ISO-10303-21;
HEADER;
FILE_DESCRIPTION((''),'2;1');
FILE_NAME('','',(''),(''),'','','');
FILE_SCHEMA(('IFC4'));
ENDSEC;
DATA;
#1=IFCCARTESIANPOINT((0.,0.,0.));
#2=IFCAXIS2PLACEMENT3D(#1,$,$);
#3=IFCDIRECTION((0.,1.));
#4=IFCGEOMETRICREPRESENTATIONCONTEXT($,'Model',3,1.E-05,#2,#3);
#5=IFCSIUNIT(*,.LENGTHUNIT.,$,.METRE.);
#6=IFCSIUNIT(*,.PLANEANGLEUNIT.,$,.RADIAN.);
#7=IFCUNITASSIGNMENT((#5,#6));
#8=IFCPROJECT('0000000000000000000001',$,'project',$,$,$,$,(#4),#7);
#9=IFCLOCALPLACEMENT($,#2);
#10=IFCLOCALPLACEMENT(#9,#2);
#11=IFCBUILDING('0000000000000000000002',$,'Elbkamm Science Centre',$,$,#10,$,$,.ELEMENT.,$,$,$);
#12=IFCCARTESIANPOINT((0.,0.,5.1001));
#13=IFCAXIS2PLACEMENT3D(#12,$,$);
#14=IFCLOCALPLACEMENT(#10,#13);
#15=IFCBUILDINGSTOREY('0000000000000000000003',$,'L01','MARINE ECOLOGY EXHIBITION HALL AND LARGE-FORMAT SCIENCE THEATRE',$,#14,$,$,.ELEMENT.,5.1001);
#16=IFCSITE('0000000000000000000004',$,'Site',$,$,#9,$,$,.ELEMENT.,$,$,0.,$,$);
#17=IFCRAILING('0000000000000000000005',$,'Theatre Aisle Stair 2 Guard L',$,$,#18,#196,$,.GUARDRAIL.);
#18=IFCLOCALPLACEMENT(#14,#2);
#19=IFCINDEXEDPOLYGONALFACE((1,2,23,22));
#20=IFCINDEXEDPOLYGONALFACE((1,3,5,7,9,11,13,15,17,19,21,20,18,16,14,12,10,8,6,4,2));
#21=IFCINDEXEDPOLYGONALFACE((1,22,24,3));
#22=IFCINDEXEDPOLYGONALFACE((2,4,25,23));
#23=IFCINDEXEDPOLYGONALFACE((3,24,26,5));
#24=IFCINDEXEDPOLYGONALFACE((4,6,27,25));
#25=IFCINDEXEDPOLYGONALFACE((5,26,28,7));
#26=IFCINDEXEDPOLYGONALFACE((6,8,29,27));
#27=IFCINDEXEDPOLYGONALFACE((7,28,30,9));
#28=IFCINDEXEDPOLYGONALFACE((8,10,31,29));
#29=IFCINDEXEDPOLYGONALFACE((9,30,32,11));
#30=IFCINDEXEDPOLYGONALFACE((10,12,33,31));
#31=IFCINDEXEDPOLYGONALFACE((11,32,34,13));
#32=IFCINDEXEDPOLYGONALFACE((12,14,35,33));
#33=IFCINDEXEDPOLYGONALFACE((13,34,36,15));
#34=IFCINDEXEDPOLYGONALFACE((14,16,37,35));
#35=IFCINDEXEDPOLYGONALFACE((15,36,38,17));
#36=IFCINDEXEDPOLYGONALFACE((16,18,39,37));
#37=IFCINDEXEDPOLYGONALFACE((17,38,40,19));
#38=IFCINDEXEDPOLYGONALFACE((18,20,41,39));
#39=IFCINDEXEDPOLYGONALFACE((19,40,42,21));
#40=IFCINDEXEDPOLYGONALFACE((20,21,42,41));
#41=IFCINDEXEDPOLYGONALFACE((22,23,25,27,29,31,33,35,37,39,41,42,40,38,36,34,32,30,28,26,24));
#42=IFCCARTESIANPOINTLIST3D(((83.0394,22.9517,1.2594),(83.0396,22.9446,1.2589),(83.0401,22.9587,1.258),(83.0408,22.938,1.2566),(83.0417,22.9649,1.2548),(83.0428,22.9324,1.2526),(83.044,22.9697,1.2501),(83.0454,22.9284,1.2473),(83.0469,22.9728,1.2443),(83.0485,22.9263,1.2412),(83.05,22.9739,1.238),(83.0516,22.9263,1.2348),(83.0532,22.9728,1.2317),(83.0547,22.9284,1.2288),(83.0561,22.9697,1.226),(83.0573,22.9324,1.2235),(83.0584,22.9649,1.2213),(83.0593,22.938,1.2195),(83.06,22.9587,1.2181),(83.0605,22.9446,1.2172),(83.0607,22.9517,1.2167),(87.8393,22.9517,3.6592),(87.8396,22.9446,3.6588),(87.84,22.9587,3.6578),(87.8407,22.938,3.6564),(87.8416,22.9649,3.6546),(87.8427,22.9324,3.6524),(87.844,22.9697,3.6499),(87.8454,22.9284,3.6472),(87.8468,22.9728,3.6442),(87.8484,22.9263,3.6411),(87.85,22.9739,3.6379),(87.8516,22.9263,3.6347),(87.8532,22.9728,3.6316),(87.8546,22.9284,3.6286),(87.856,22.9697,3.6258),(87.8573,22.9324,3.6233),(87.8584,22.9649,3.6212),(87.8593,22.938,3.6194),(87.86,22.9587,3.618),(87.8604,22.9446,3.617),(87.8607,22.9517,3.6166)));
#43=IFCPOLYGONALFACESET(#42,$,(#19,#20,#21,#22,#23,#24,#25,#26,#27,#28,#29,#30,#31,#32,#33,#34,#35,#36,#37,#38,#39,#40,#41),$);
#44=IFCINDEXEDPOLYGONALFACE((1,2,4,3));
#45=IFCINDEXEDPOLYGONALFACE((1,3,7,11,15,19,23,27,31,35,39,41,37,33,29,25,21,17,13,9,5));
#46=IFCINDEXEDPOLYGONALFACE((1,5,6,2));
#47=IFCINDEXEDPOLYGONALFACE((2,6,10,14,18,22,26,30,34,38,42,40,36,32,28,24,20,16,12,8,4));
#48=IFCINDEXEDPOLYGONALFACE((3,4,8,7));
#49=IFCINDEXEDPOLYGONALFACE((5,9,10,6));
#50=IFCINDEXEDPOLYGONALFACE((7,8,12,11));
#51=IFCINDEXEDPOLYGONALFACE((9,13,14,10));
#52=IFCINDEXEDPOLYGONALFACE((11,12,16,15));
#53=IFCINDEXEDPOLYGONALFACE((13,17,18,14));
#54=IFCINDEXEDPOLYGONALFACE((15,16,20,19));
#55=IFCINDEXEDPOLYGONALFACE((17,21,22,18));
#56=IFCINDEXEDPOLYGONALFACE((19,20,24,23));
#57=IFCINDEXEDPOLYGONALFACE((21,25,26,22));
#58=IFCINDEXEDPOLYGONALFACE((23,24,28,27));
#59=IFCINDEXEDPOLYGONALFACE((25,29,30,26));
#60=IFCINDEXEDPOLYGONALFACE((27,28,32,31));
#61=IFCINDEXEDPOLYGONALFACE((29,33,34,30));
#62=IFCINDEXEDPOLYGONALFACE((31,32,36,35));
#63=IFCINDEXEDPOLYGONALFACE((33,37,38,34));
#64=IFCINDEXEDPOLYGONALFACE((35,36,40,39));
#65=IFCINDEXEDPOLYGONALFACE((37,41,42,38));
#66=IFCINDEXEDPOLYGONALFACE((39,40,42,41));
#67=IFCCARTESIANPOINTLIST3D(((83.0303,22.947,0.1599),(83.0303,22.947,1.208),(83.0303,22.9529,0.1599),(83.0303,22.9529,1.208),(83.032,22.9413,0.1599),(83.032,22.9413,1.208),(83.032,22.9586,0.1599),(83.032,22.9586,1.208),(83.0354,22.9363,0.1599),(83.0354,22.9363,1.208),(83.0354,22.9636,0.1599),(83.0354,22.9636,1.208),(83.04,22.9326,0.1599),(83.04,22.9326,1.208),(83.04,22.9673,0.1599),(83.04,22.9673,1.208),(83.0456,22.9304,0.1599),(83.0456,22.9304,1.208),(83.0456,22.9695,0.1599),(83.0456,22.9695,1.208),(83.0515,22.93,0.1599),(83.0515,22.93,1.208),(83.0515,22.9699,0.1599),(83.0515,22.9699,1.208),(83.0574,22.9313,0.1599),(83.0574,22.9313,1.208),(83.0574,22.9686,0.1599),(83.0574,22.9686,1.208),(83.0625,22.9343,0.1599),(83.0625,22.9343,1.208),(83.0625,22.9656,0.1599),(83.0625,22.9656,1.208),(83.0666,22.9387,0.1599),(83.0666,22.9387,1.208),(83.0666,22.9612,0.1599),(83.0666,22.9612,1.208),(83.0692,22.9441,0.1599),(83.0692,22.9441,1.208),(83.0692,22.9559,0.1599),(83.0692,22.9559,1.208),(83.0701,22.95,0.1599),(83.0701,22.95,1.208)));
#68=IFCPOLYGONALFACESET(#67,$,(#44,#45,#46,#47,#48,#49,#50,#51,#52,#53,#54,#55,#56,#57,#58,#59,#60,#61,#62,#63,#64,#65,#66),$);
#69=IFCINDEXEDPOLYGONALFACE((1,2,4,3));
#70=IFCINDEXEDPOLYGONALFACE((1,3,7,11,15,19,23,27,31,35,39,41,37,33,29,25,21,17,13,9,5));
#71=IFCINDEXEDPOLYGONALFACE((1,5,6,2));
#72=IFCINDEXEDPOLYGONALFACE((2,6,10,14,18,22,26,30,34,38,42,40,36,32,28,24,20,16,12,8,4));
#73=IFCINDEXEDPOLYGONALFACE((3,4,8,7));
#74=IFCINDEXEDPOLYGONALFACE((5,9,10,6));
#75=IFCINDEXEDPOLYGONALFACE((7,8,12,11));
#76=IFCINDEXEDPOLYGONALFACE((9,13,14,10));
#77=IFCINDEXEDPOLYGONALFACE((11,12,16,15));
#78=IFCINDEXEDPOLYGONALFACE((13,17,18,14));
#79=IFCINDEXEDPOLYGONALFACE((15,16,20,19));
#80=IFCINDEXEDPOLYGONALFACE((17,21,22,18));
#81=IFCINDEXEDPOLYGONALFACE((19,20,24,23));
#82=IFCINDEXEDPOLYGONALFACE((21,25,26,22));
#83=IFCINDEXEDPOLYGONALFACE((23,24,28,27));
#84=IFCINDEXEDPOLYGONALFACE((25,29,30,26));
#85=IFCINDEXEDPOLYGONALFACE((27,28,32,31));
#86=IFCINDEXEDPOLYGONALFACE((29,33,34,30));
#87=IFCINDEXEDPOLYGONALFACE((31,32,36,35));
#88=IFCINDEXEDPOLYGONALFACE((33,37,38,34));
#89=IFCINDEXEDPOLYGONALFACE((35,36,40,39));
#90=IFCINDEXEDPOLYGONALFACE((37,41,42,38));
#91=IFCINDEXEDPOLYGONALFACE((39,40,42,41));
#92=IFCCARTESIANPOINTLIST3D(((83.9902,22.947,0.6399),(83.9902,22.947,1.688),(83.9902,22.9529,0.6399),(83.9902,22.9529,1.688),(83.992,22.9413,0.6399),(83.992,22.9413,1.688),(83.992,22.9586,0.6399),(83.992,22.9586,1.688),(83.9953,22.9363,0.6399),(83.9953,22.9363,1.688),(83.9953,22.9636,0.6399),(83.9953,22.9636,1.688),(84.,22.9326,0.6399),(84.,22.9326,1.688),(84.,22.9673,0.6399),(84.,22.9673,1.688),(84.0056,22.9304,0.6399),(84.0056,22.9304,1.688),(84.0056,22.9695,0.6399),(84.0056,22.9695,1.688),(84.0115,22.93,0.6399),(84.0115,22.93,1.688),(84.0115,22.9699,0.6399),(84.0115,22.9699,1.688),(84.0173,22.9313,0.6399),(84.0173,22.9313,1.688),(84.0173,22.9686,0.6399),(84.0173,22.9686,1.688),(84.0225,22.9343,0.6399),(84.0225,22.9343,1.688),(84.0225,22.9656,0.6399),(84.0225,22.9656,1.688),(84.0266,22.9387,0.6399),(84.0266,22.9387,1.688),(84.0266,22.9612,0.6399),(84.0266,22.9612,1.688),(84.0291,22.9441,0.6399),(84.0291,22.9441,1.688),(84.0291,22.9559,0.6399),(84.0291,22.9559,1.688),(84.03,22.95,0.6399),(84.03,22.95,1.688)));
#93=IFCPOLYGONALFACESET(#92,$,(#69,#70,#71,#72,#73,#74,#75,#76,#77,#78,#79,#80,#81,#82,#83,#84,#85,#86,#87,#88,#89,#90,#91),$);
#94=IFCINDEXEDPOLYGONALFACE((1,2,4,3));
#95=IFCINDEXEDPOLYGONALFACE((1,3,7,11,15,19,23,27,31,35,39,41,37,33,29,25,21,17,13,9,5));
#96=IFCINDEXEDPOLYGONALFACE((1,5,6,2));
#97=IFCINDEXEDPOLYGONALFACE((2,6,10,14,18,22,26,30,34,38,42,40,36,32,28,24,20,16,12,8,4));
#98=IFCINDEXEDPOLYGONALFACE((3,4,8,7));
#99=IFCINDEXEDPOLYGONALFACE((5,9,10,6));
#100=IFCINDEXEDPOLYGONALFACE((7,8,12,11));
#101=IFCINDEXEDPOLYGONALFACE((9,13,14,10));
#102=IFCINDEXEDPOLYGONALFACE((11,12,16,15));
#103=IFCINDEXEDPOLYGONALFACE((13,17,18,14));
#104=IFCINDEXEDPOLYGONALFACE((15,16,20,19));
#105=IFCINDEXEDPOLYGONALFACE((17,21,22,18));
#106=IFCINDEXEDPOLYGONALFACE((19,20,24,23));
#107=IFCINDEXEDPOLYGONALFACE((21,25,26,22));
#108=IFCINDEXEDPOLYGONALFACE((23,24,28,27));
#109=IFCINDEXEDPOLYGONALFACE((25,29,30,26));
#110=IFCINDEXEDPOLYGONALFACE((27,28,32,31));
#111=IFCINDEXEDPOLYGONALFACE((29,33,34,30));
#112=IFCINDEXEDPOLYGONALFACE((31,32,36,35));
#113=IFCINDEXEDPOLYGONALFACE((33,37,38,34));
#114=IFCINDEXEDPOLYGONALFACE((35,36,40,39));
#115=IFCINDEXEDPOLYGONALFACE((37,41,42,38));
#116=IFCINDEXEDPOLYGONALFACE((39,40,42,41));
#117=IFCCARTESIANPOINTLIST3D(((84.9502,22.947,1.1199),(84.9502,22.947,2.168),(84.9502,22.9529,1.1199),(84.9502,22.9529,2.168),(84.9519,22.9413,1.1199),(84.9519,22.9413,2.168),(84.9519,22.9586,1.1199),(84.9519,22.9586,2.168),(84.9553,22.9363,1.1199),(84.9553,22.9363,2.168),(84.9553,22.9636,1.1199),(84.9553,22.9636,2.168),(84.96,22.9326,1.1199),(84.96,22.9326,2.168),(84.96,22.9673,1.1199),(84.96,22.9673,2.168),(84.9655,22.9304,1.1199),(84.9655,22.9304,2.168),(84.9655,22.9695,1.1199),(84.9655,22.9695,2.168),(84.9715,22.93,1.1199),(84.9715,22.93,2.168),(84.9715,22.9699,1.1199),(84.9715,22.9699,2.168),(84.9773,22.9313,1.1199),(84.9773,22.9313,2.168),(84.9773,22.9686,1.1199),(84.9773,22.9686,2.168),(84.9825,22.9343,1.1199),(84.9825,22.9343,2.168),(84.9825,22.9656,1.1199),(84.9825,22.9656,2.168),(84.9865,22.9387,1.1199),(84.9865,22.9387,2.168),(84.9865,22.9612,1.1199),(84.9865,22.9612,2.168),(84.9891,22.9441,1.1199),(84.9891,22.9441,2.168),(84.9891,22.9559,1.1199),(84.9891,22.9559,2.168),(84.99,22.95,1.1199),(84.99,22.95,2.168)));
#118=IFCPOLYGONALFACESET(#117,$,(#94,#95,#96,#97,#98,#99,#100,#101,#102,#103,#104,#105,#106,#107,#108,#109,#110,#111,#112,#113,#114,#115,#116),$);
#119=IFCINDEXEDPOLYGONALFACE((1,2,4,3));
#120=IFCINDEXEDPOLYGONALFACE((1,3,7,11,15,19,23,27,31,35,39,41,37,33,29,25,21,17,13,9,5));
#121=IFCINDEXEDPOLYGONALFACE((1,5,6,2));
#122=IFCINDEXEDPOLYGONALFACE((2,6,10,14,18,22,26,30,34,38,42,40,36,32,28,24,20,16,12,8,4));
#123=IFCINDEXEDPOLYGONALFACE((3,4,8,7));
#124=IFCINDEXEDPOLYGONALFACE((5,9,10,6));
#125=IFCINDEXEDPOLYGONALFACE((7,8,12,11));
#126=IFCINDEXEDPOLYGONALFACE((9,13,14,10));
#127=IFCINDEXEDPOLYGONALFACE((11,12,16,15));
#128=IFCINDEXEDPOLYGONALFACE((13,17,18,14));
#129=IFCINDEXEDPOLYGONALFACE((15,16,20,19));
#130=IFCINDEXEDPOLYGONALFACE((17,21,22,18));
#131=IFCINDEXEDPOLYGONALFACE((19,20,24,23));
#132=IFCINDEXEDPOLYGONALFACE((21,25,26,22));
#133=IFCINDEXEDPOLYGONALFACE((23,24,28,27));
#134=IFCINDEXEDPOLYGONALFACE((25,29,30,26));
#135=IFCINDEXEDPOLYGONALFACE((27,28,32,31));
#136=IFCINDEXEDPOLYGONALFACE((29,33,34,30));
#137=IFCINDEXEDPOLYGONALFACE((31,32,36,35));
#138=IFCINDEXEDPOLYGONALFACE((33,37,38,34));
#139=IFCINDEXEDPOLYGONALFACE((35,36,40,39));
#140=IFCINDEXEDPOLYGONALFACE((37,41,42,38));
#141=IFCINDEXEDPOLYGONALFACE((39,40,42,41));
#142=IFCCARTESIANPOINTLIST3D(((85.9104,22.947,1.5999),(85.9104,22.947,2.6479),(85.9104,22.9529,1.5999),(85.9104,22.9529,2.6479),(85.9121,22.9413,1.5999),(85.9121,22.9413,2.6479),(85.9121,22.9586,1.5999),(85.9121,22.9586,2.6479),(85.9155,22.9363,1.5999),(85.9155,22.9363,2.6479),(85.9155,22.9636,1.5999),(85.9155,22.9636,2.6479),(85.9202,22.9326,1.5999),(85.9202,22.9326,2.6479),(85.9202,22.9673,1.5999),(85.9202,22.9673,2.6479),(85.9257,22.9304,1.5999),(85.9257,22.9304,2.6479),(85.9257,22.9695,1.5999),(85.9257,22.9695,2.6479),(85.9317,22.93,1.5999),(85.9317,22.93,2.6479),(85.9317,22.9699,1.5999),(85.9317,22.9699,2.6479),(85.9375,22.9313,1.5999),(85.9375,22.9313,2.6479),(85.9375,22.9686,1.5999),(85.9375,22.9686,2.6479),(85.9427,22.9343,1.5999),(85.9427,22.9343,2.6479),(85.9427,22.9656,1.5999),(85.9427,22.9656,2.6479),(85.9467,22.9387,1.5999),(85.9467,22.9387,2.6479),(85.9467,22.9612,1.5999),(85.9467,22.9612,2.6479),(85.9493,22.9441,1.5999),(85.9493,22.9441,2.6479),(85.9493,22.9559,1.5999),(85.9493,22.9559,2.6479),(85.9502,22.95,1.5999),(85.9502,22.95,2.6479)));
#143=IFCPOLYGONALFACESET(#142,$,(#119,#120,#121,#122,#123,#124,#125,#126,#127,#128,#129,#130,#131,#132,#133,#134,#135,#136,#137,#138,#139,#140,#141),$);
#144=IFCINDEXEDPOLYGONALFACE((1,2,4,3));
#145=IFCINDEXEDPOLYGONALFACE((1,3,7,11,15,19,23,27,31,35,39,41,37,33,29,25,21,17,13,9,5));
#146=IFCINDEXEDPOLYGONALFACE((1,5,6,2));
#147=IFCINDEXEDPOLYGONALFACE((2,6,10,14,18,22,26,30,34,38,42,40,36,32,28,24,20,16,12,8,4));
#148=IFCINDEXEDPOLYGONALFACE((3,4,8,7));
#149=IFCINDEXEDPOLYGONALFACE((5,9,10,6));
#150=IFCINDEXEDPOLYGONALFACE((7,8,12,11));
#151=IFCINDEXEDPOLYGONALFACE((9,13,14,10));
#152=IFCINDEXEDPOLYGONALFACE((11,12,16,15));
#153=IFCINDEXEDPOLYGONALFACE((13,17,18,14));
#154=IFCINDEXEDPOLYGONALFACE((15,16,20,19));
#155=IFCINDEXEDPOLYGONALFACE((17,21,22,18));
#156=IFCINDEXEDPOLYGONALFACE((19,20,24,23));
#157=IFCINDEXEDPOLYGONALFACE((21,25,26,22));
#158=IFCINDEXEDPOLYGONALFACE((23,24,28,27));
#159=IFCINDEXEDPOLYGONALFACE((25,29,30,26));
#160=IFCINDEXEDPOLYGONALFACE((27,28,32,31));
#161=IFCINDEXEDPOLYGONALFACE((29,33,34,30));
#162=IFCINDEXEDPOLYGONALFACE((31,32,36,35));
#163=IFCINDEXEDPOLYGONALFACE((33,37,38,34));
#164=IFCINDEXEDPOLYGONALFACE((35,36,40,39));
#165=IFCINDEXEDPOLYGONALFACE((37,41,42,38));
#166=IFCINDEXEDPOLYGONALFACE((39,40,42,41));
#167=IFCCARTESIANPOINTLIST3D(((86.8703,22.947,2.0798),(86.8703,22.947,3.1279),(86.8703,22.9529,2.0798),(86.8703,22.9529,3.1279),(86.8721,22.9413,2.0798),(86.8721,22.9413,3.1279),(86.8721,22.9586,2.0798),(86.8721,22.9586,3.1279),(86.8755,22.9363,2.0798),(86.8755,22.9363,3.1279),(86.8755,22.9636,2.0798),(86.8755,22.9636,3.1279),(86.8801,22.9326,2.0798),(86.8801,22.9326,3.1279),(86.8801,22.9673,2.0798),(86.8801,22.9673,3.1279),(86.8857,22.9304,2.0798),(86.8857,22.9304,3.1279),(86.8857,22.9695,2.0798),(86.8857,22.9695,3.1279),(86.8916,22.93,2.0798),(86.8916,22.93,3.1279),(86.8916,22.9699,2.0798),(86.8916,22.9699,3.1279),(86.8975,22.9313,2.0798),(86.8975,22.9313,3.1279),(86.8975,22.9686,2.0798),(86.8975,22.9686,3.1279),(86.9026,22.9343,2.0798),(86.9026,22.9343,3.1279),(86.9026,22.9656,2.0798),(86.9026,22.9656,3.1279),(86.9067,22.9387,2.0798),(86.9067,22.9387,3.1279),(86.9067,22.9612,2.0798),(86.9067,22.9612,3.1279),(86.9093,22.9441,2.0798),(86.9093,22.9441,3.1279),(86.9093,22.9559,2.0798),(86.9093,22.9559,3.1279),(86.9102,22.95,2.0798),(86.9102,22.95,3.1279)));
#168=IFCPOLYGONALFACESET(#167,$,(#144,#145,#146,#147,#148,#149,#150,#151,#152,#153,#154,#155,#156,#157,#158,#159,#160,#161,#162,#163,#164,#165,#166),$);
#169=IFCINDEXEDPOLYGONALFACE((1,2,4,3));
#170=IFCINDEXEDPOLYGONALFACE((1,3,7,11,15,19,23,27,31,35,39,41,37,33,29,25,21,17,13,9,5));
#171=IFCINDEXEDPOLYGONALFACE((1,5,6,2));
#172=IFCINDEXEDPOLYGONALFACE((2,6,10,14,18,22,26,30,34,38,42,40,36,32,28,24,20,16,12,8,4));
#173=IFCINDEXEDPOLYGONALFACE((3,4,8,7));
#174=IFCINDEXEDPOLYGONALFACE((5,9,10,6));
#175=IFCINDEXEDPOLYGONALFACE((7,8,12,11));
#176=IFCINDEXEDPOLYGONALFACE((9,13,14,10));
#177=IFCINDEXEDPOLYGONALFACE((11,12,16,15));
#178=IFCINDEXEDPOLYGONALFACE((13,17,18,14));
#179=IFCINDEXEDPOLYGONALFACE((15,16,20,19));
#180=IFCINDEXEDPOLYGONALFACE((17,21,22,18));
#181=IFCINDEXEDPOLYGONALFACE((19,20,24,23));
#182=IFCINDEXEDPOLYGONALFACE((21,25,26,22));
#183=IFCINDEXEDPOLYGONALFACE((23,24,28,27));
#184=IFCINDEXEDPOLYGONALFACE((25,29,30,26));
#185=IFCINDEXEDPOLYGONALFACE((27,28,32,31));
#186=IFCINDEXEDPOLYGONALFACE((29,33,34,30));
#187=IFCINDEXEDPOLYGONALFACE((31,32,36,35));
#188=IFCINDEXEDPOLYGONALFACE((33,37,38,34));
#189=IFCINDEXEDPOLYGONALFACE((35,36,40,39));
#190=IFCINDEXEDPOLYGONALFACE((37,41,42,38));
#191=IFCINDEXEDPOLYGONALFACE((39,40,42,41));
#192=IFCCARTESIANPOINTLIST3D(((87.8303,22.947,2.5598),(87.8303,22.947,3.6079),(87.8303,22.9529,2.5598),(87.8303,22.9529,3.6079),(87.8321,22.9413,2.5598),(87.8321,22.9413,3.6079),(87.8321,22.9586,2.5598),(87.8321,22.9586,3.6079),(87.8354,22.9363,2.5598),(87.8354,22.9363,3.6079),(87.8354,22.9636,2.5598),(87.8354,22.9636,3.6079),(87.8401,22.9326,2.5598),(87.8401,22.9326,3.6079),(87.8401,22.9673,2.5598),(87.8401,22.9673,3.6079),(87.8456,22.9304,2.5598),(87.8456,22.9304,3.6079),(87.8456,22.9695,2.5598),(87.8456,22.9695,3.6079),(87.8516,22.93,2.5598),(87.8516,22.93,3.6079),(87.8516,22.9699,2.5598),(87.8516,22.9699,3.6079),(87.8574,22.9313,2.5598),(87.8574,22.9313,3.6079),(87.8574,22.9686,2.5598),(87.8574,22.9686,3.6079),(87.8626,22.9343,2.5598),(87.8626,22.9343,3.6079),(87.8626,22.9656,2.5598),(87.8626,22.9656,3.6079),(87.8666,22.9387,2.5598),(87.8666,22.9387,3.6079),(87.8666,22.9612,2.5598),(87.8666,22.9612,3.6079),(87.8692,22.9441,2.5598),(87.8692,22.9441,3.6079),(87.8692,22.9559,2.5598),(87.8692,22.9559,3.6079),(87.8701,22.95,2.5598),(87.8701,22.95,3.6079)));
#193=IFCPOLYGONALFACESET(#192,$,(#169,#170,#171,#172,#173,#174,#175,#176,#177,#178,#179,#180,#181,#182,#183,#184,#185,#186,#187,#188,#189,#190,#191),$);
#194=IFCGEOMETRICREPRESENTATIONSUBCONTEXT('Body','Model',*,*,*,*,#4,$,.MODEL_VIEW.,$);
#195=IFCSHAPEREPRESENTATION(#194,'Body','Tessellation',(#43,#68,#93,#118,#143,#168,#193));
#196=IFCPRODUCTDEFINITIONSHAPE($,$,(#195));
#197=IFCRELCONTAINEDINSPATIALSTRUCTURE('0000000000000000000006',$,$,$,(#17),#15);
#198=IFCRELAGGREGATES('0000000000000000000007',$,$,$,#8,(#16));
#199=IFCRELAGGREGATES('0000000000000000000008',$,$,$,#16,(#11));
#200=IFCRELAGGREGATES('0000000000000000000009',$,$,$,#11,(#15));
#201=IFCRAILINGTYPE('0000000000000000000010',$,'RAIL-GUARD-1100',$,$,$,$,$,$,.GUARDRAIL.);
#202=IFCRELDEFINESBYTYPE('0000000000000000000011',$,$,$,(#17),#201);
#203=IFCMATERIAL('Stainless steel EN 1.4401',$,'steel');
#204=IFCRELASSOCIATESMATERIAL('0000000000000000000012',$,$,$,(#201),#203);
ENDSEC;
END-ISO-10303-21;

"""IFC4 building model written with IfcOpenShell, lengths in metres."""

from ifc_helpers import new_model, si_unit, direction, frame, origin, origin_2d, place, context, subcontext, project, spatial, circle, extrude, material, type_object, element, save


model = new_model("IFC4")

# Units and contexts
model_context = context("Model", 3, precision=1e-05, world=origin(), true_north=direction((0.0, 1.0)))
body_context = subcontext(model_context, "Body", "Model", "MODEL_VIEW")
ifc_project = project(units=[si_unit("LENGTHUNIT", "METRE"), si_unit("PLANEANGLEUNIT", "RADIAN")], contexts=[model_context])

# Site, building, storey
site_placement = place(None, origin())
site = spatial("IfcSite", under=ifc_project, at=site_placement, Name="Site", CompositionType="ELEMENT", RefElevation=0.0)
building_placement = place(site_placement, origin())
building = spatial("IfcBuilding", under=site, at=building_placement, Name="Elbkamm Science Centre", CompositionType="ELEMENT")
storey_placement = place(building_placement, frame((0.0, 0.0, 5.1001)))
storey = spatial("IfcBuildingStorey", under=building, at=storey_placement, Name="L01", Description="MARINE ECOLOGY EXHIBITION HALL AND LARGE-FORMAT SCIENCE THEATRE", CompositionType="ELEMENT", Elevation=5.1001)

# Railing
ifc_material_1 = material(Name="Stainless steel EN 1.4401", Category="steel")
railing_type_1 = type_object("IfcRailingType", Name="RAIL-GUARD-1100", PredefinedType="GUARDRAIL", material=ifc_material_1)
for number, where, name in (
    (1, (83.05, 22.95, 0.1599), "Theatre Aisle Stair 2 Guard L"),
):
    element("IfcRailing", number, at=place(storey_placement, frame(where)), inside=storey, type_object=railing_type_1, Name=name, PredefinedType="GUARDRAIL", context=body_context, shape_type="SweptSolid", body=[
        extrude(circle(Radius=0.0239, at=origin_2d()), frame((0.0, 0.0, 1.0781), z_axis=(0.894436, 0.0, 0.447195), x_axis=(0.0, 1.0, 0.0)), (0.0, 0.0, 1.0), 5.3665),
        extrude(circle(Radius=0.02, at=origin_2d()), origin(), (0.0, 0.0, 1.0), 1.0481),
        extrude(circle(Radius=0.02, at=origin_2d()), frame((0.96, 0.0, 0.48)), (0.0, 0.0, 1.0), 1.0481),
        extrude(circle(Radius=0.02, at=origin_2d()), frame((1.9199, 0.0, 0.96)), (0.0, 0.0, 1.0), 1.0481),
        extrude(circle(Radius=0.02, at=origin_2d()), frame((2.8801, 0.0, 1.4399)), (0.0, 0.0, 1.0), 1.0481),
        extrude(circle(Radius=0.02, at=origin_2d()), frame((3.8401, 0.0, 1.9199)), (0.0, 0.0, 1.0), 1.0481),
        extrude(circle(Radius=0.02, at=origin_2d()), frame((4.8, 0.0, 2.3999)), (0.0, 0.0, 1.0), 1.0481),
    ])

save(model, "model.ifc")
